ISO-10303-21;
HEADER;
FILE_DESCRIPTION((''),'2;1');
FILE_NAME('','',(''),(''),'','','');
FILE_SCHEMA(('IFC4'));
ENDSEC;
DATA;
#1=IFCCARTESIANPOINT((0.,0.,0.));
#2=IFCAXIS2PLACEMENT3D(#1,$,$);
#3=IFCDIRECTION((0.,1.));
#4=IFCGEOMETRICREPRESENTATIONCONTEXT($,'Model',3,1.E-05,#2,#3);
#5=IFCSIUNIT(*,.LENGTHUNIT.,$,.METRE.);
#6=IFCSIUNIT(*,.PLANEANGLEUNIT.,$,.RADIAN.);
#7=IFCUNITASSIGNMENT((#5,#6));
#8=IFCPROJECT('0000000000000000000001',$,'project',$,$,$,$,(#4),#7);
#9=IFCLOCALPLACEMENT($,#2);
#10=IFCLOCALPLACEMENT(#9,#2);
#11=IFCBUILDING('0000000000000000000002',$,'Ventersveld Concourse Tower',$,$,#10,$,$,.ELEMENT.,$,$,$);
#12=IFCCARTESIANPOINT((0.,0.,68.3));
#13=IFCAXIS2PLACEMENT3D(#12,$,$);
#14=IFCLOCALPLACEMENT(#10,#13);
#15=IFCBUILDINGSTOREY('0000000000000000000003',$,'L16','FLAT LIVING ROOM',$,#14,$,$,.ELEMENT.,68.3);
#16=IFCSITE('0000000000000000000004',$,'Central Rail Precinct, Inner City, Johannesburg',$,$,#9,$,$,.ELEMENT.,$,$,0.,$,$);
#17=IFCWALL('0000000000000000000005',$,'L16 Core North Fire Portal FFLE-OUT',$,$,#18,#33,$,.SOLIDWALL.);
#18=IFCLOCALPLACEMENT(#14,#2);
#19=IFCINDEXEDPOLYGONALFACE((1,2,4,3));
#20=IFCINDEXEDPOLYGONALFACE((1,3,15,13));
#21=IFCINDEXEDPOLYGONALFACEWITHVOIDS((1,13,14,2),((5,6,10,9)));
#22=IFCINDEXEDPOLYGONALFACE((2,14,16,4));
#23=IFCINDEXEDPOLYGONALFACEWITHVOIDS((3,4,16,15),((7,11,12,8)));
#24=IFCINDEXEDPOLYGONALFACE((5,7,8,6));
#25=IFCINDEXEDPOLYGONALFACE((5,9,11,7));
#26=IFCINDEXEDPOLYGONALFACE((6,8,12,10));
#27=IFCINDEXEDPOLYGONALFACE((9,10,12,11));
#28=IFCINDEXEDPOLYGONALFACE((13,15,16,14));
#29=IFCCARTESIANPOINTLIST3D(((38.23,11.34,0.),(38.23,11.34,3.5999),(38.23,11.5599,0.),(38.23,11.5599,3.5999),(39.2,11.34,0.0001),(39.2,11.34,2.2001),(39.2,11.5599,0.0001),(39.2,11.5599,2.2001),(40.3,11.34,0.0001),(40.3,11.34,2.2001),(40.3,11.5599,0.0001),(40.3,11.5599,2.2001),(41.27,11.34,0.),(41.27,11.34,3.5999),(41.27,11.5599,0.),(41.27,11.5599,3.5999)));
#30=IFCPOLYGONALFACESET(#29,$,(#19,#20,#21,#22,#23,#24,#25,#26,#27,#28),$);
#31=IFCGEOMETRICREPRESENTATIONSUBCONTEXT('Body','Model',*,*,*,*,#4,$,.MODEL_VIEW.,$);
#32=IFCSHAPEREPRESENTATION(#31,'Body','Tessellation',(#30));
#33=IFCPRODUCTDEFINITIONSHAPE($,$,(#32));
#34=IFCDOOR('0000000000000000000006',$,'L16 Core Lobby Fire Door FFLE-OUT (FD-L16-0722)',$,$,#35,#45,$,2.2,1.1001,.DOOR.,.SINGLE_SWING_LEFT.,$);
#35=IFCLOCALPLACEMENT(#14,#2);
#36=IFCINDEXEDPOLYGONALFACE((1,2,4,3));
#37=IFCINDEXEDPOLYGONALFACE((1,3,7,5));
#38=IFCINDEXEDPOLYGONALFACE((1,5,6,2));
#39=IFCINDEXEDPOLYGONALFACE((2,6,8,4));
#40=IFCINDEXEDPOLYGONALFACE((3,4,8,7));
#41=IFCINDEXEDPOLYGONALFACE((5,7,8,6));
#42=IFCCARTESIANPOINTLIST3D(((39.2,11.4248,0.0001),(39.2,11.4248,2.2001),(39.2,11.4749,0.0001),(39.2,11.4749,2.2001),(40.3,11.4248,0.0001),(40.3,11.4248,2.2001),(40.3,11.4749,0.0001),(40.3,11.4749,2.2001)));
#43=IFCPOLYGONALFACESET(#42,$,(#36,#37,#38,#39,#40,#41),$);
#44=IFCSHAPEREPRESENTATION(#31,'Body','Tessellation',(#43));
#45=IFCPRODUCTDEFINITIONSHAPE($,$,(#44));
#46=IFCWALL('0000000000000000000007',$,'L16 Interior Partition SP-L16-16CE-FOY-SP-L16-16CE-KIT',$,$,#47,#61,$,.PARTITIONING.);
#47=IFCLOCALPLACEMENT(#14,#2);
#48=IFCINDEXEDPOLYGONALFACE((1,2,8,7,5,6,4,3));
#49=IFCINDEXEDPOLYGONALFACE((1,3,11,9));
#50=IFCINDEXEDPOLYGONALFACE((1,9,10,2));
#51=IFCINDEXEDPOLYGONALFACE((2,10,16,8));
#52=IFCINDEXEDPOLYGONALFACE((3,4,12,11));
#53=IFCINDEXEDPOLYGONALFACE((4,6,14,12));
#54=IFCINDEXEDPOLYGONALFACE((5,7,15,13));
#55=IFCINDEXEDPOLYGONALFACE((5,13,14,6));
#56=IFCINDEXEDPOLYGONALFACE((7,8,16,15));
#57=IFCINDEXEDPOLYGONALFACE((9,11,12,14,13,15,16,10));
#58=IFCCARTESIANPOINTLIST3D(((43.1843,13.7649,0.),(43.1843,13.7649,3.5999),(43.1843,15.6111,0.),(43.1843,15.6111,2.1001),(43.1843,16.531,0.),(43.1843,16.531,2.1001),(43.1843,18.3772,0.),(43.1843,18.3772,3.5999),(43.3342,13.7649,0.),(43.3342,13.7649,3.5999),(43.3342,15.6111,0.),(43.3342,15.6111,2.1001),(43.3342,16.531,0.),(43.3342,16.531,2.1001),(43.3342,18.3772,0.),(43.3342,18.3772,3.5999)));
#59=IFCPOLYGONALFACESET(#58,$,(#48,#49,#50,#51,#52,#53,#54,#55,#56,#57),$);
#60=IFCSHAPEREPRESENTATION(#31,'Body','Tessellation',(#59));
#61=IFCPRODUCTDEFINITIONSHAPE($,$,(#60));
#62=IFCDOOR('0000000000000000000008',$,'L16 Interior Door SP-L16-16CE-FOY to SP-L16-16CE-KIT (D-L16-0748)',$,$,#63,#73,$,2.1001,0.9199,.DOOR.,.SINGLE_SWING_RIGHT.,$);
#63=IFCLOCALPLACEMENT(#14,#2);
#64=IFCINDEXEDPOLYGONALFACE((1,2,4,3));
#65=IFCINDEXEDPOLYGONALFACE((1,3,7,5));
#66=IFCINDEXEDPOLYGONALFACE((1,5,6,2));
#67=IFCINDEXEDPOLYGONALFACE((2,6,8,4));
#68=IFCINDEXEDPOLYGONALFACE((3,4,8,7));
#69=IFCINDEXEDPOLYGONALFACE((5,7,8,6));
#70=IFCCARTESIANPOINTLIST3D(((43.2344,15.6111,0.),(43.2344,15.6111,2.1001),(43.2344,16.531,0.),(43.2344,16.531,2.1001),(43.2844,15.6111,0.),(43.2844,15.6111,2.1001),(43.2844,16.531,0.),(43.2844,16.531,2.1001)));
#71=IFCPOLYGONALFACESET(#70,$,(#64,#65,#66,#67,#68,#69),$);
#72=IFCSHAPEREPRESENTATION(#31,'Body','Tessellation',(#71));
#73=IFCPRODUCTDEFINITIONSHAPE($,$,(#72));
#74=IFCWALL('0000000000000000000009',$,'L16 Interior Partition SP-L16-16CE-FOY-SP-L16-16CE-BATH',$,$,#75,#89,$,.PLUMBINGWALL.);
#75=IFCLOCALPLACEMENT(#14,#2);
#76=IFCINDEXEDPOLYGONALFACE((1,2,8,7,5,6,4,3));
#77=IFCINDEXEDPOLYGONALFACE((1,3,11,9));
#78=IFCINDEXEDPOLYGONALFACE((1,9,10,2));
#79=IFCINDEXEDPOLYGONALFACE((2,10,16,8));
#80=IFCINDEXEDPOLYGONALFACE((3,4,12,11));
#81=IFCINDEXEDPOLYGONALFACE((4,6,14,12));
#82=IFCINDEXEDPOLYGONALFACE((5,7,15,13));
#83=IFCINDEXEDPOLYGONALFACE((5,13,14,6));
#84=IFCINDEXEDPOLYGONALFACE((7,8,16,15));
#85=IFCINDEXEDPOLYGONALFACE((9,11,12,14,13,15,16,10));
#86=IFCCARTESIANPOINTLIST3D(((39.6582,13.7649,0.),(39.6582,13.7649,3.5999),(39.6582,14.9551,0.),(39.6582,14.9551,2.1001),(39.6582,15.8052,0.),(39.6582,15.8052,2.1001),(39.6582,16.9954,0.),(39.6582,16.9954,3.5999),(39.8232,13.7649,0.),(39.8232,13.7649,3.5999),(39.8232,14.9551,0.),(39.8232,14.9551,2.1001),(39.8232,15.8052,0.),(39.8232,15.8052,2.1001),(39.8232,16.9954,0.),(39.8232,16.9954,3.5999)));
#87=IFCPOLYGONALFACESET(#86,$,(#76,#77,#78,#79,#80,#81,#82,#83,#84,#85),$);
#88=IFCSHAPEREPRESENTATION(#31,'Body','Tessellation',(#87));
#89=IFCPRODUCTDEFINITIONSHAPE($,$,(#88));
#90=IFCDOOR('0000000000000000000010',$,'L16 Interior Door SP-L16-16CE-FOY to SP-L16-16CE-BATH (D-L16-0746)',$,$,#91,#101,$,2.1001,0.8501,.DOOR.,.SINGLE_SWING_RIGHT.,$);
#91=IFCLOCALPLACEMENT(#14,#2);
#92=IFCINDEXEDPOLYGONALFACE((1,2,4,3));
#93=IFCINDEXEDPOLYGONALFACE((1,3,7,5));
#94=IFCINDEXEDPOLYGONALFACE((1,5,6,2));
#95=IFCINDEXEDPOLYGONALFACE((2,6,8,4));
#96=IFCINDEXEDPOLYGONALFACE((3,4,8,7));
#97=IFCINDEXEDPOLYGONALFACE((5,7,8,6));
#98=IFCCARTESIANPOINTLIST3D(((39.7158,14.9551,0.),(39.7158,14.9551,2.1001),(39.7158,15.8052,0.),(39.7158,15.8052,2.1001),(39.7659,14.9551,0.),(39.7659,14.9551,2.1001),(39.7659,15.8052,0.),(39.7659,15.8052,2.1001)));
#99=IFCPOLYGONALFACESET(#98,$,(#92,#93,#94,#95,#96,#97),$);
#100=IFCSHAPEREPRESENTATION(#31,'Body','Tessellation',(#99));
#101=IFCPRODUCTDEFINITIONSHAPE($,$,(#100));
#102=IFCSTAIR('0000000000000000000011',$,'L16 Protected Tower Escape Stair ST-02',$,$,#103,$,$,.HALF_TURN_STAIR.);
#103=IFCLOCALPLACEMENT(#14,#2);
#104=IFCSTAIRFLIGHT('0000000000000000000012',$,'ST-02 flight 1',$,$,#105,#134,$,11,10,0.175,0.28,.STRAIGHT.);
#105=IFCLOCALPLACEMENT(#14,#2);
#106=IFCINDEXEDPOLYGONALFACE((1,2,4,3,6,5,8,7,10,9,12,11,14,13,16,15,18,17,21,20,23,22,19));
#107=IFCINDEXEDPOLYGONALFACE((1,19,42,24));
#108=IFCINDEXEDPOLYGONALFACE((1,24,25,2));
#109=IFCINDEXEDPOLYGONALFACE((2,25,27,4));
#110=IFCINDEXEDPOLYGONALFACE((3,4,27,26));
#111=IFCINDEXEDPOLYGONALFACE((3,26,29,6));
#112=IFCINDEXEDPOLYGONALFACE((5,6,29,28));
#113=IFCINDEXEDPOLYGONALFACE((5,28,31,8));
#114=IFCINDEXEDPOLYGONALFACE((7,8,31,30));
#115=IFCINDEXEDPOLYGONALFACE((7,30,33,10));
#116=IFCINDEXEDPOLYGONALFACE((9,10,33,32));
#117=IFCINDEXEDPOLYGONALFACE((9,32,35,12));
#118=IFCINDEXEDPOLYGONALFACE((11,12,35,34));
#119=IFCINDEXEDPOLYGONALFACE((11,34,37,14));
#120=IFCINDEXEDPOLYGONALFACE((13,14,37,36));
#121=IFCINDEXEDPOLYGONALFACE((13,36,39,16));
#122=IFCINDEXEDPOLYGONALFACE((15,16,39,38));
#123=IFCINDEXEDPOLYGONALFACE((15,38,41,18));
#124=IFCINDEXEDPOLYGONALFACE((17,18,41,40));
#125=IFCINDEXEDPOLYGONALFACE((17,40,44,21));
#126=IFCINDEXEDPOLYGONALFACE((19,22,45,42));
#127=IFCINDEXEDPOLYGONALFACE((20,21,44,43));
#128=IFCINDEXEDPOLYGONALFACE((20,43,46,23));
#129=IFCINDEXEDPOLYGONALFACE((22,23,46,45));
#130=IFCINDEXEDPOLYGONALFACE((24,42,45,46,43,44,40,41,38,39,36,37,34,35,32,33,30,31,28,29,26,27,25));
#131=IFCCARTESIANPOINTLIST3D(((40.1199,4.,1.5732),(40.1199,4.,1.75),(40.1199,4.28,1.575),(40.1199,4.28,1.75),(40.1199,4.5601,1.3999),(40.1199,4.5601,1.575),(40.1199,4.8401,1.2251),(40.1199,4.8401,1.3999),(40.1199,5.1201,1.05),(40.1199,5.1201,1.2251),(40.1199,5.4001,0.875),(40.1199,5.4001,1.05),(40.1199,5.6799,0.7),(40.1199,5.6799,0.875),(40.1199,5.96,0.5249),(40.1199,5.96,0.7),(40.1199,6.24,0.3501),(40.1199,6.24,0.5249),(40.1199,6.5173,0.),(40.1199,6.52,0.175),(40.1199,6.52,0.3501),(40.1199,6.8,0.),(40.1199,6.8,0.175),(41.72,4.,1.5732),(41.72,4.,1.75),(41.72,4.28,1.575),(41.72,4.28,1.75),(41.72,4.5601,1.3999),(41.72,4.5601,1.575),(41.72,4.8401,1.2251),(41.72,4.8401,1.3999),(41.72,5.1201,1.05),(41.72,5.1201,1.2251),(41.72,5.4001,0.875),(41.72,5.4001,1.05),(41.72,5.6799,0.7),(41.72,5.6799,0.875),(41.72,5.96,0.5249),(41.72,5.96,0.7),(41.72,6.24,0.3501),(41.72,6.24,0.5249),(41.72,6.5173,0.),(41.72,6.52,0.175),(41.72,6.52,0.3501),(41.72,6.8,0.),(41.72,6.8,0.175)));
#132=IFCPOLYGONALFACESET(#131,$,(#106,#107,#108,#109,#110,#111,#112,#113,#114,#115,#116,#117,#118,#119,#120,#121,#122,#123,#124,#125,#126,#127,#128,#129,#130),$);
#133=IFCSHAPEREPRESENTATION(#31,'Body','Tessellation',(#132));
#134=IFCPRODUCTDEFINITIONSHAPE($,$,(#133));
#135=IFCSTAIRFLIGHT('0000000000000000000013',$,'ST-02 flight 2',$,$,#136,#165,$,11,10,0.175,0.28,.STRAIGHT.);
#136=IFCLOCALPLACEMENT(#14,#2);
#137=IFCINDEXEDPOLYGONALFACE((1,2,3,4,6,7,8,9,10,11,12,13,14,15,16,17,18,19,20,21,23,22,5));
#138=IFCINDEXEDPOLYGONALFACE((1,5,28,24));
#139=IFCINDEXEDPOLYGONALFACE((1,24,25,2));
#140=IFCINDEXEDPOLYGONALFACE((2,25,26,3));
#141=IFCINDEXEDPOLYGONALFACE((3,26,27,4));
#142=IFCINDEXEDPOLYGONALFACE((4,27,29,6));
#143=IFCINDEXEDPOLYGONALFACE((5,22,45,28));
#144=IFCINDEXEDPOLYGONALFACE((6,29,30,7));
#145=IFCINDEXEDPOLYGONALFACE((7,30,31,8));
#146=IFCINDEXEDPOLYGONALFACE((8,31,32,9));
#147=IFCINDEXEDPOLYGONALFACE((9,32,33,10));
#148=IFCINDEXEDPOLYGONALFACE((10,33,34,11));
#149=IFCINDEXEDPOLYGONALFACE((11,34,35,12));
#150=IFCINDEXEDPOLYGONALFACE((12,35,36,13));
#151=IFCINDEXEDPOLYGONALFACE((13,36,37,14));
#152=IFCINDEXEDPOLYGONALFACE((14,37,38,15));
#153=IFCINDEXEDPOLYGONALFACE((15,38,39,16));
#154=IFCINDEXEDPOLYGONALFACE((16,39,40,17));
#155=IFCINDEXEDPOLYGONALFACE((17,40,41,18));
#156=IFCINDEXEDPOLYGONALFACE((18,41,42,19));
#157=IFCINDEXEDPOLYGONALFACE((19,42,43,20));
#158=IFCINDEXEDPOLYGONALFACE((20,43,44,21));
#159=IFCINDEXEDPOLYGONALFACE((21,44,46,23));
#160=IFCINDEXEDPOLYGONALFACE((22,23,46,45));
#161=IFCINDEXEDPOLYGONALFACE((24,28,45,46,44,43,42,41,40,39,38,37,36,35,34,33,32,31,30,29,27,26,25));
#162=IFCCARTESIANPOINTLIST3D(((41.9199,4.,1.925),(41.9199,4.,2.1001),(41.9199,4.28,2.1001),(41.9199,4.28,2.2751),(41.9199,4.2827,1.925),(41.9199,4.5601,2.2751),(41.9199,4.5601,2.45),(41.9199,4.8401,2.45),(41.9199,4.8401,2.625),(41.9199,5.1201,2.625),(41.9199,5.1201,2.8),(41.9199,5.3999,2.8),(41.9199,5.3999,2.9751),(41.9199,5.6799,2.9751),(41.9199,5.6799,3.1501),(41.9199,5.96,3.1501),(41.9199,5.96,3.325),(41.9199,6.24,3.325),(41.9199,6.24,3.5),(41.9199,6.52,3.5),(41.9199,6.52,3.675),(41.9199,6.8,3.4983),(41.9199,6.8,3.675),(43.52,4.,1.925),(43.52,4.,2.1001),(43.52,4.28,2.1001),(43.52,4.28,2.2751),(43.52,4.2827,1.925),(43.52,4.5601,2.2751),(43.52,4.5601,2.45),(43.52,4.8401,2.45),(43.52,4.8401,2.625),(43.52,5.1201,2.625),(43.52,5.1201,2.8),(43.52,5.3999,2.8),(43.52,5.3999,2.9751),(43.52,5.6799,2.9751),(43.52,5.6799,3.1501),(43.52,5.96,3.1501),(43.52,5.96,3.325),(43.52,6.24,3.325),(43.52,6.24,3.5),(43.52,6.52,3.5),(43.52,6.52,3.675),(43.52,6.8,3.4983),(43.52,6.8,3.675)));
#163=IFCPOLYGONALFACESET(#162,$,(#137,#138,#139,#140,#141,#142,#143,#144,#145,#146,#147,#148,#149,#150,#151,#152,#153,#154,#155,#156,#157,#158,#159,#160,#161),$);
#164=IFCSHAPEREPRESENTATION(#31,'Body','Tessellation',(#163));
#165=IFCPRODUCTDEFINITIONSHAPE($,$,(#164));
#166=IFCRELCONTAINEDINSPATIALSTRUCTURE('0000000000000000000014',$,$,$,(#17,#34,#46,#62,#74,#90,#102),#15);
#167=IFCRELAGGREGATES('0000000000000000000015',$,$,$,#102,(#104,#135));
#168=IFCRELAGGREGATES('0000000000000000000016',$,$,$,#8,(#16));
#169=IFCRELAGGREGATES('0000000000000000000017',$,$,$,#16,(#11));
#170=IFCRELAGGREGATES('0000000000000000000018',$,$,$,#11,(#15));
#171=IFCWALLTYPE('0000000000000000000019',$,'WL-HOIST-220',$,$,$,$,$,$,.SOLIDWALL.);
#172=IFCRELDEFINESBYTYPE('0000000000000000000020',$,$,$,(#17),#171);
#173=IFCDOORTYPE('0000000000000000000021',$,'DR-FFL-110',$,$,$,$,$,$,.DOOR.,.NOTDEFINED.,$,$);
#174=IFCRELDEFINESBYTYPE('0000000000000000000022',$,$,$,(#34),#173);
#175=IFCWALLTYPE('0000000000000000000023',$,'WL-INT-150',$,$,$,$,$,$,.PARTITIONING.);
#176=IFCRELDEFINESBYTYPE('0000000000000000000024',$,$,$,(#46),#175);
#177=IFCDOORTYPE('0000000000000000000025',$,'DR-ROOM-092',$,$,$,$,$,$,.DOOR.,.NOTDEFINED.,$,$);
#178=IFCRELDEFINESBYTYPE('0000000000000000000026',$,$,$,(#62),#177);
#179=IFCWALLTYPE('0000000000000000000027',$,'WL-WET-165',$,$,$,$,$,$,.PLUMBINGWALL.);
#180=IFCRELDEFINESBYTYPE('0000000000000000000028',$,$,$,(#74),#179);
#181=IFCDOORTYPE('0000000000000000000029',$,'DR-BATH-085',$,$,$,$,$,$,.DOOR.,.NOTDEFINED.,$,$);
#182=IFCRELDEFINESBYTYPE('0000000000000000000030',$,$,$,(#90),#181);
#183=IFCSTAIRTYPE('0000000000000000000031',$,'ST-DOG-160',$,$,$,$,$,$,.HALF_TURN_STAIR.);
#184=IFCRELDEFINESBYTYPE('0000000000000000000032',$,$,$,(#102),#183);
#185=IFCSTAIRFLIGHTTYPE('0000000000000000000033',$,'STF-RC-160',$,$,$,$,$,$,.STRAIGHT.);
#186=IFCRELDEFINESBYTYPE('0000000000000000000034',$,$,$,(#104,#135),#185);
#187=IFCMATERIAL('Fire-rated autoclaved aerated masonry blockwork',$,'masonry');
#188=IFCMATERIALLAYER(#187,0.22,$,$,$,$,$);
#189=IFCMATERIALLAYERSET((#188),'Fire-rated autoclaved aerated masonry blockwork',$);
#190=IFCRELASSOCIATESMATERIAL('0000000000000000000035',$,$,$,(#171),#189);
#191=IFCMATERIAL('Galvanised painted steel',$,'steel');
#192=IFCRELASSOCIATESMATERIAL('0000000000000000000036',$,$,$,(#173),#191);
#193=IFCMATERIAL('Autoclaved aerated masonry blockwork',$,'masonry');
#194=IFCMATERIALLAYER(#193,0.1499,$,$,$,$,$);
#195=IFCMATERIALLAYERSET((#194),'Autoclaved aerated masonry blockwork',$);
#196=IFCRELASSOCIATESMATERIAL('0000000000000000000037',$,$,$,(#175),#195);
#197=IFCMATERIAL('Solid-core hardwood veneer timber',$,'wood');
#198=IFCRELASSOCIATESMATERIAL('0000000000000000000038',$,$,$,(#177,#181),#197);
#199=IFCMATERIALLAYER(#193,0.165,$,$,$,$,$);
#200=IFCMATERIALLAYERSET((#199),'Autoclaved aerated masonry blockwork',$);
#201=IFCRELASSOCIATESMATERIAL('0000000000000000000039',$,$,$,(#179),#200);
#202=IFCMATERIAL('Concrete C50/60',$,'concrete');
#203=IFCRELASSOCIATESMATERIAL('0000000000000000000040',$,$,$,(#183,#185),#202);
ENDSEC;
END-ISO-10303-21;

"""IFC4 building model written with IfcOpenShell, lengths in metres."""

from ifc_helpers import new_model, si_unit, direction, frame, frame_2d, origin, place, context, subcontext, project, spatial, polyline, rectangle, outline, extrude, material, layer, layer_set, type_object, element, fill, aggregate, save


model = new_model("IFC4")

# Units and contexts
model_context = context("Model", 3, precision=1e-05, world=origin(), true_north=direction((0.0, 1.0)))
body_context = subcontext(model_context, "Body", "Model", "MODEL_VIEW")
ifc_project = project(units=[si_unit("LENGTHUNIT", "METRE"), si_unit("PLANEANGLEUNIT", "RADIAN")], contexts=[model_context])

# Site, building, storey
site_placement = place(None, origin())
site = spatial("IfcSite", under=ifc_project, at=site_placement, Name="Central Rail Precinct, Inner City, Johannesburg", CompositionType="ELEMENT", RefElevation=0.0)
building_placement = place(site_placement, origin())
building = spatial("IfcBuilding", under=site, at=building_placement, Name="Ventersveld Concourse Tower", CompositionType="ELEMENT")
storey_placement = place(building_placement, frame((0.0, 0.0, 68.3)))
storey = spatial("IfcBuildingStorey", under=building, at=storey_placement, Name="L16", Description="FLAT LIVING ROOM", CompositionType="ELEMENT", Elevation=68.3)

# Shared definitions
ifc_material_1 = material(Name="Fire-rated autoclaved aerated masonry blockwork", Category="masonry")
ifc_material_2 = material(Name="Solid-core hardwood veneer timber", Category="wood")

# Shared definitions
ifc_layer_1 = layer(ifc_material_1, 0.22)
ifc_layer_set_1 = layer_set([ifc_layer_1], Name="Fire-rated autoclaved aerated masonry blockwork")
wall_type_1 = type_object("IfcWallType", Name="WL-HOIST-220", PredefinedType="SOLIDWALL", material=ifc_layer_set_1)

# Walls, openings, doors
ifc_material_3 = material(Name="Galvanised painted steel", Category="steel")
wall_1_placement = place(storey_placement, frame((38.23, 11.45, 0.0), z_axis=(0.0, 0.0, 1.0), x_axis=(1.0, 0.0, 0.0)))
wall_1 = element("IfcWall", 1, at=wall_1_placement, inside=storey, type_object=wall_type_1, Name="L16 Core North Fire Portal FFLE-OUT", PredefinedType="SOLIDWALL", context=body_context, shape_type="SweptSolid", body=[
    extrude(rectangle(XDim=3.04, YDim=0.22, at=frame_2d((1.52, 0.0))), origin(), (0.0, 0.0, 1.0), 3.5999),
])
opening_1_placement = place(wall_1_placement, frame((0.97, 0.0, 0.0)))
opening_1 = element("IfcOpeningElement", 2, at=opening_1_placement, cuts=wall_1, PredefinedType="OPENING", context=body_context, shape_type="SweptSolid", body=[
    extrude(rectangle(XDim=1.1001, YDim=2.2, at=frame_2d((0.55, 1.1001))), frame((0.0, 0.1201, 0.0), z_axis=(0.0, -1.0, 0.0), x_axis=(1.0, 0.0, 0.0)), (0.0, 0.0, 1.0), 0.24),
])
door_type_1 = type_object("IfcDoorType", Name="DR-FFL-110", OperationType="NOTDEFINED", PredefinedType="DOOR", material=ifc_material_3)
door_1_placement = place(opening_1_placement, origin())
door_1 = element("IfcDoor", 3, at=door_1_placement, inside=storey, type_object=door_type_1, Name="L16 Core Lobby Fire Door FFLE-OUT (FD-L16-0722)", OperationType="SINGLE_SWING_LEFT", OverallHeight=2.2, OverallWidth=1.1001, PredefinedType="DOOR", context=body_context, shape_type="SweptSolid", body=[
    extrude(rectangle(XDim=1.1001, YDim=2.2, at=frame_2d((0.55, 1.1001))), frame((0.0, 0.0249, 0.0), z_axis=(0.0, -1.0, 0.0), x_axis=(1.0, 0.0, 0.0)), (0.0, 0.0, 1.0), 0.05),
])
fill(opening_1, door_1)
ifc_material_4 = material(Name="Autoclaved aerated masonry blockwork", Category="masonry")
ifc_layer_2 = layer(ifc_material_4, 0.1499)
ifc_layer_set_2 = layer_set([ifc_layer_2], Name="Autoclaved aerated masonry blockwork")
wall_type_2 = type_object("IfcWallType", Name="WL-INT-150", PredefinedType="PARTITIONING", material=ifc_layer_set_2)
wall_2_placement = place(storey_placement, frame((43.2593, 13.7649, 0.0), z_axis=(0.0, 0.0, 1.0), x_axis=(0.0, 1.0, 0.0)))
wall_2 = element("IfcWall", 4, at=wall_2_placement, inside=storey, type_object=wall_type_2, Name="L16 Interior Partition SP-L16-16CE-FOY-SP-L16-16CE-KIT", PredefinedType="PARTITIONING", context=body_context, shape_type="SweptSolid", body=[
    extrude(rectangle(XDim=4.6123, YDim=0.1499, at=frame_2d((2.3062, 0.0))), origin(), (0.0, 0.0, 1.0), 3.5999),
])
opening_2_placement = place(wall_2_placement, frame((1.8462, 0.0, 0.0)))
opening_2 = element("IfcOpeningElement", 5, at=opening_2_placement, cuts=wall_2, PredefinedType="OPENING", context=body_context, shape_type="SweptSolid", body=[
    extrude(rectangle(XDim=0.9199, YDim=2.1001, at=frame_2d((0.46, 1.05))), frame((0.0, 0.085, 0.0), z_axis=(0.0, -1.0, 0.0), x_axis=(1.0, 0.0, 0.0)), (0.0, 0.0, 1.0), 0.1699),
])
door_type_2 = type_object("IfcDoorType", Name="DR-ROOM-092", OperationType="NOTDEFINED", PredefinedType="DOOR", material=ifc_material_2)
door_2_placement = place(opening_2_placement, origin())
door_2 = element("IfcDoor", 6, at=door_2_placement, inside=storey, type_object=door_type_2, Name="L16 Interior Door SP-L16-16CE-FOY to SP-L16-16CE-KIT (D-L16-0748)", OperationType="SINGLE_SWING_RIGHT", OverallHeight=2.1001, OverallWidth=0.9199, PredefinedType="DOOR", context=body_context, shape_type="SweptSolid", body=[
    extrude(rectangle(XDim=0.9199, YDim=2.1001, at=frame_2d((0.46, 1.05))), frame((0.0, 0.0249, 0.0), z_axis=(0.0, -1.0, 0.0), x_axis=(1.0, 0.0, 0.0)), (0.0, 0.0, 1.0), 0.05),
])
fill(opening_2, door_2)
ifc_layer_3 = layer(ifc_material_4, 0.165)
ifc_layer_set_3 = layer_set([ifc_layer_3], Name="Autoclaved aerated masonry blockwork")
wall_type_3 = type_object("IfcWallType", Name="WL-WET-165", PredefinedType="PLUMBINGWALL", material=ifc_layer_set_3)
wall_3_placement = place(storey_placement, frame((39.7407, 13.7649, 0.0), z_axis=(0.0, 0.0, 1.0), x_axis=(0.0, 1.0, 0.0)))
wall_3 = element("IfcWall", 7, at=wall_3_placement, inside=storey, type_object=wall_type_3, Name="L16 Interior Partition SP-L16-16CE-FOY-SP-L16-16CE-BATH", PredefinedType="PLUMBINGWALL", context=body_context, shape_type="SweptSolid", body=[
    extrude(rectangle(XDim=3.2305, YDim=0.165, at=frame_2d((1.6152, 0.0))), origin(), (0.0, 0.0, 1.0), 3.5999),
])
opening_3_placement = place(wall_3_placement, frame((1.1902, 0.0, 0.0)))
opening_3 = element("IfcOpeningElement", 8, at=opening_3_placement, cuts=wall_3, PredefinedType="OPENING", context=body_context, shape_type="SweptSolid", body=[
    extrude(rectangle(XDim=0.8501, YDim=2.1001, at=frame_2d((0.425, 1.05))), frame((0.0, 0.0925, 0.0), z_axis=(0.0, -1.0, 0.0), x_axis=(1.0, 0.0, 0.0)), (0.0, 0.0, 1.0), 0.1851),
])
door_type_3 = type_object("IfcDoorType", Name="DR-BATH-085", OperationType="NOTDEFINED", PredefinedType="DOOR", material=ifc_material_2)
door_3_placement = place(opening_3_placement, origin())
door_3 = element("IfcDoor", 9, at=door_3_placement, inside=storey, type_object=door_type_3, Name="L16 Interior Door SP-L16-16CE-FOY to SP-L16-16CE-BATH (D-L16-0746)", OperationType="SINGLE_SWING_RIGHT", OverallHeight=2.1001, OverallWidth=0.8501, PredefinedType="DOOR", context=body_context, shape_type="SweptSolid", body=[
    extrude(rectangle(XDim=0.8501, YDim=2.1001, at=frame_2d((0.425, 1.05))), frame((0.0, 0.0249, 0.0), z_axis=(0.0, -1.0, 0.0), x_axis=(1.0, 0.0, 0.0)), (0.0, 0.0, 1.0), 0.05),
])
fill(opening_3, door_3)

# Stair, stair flights
ifc_material_5 = material(Name="Concrete C50/60", Category="concrete")
stair_type = type_object("IfcStairType", Name="ST-DOG-160", PredefinedType="HALF_TURN_STAIR", material=ifc_material_5)
stair_placement = place(storey_placement, origin())
stair = element("IfcStair", 10, at=stair_placement, inside=storey, type_object=stair_type, Name="L16 Protected Tower Escape Stair ST-02", PredefinedType="HALF_TURN_STAIR")
stair_flight_type = type_object("IfcStairFlightType", Name="STF-RC-160", PredefinedType="STRAIGHT", material=ifc_material_5)
stair_flight_1_placement = place(storey_placement, frame((40.9199, 6.8, 0.0), z_axis=(0.0, 0.0, 1.0), x_axis=(0.0, -1.0, 0.0)))
stair_flight_1 = element("IfcStairFlight", 11, at=stair_flight_1_placement, type_object=stair_flight_type, Name="ST-02 flight 1", NumberOfRisers=11, NumberOfTreads=10, PredefinedType="STRAIGHT", RiserHeight=0.175, TreadLength=0.28, context=body_context, shape_type="SweptSolid", body=[
    extrude(outline(polyline([(0.0, 0.0), (0.0, 0.175), (0.28, 0.175), (0.28, 0.3501), (0.5601, 0.3501), (0.5601, 0.5249), (0.8401, 0.5249), (0.8401, 0.7), (1.1201, 0.7), (1.1201, 0.875), (1.3999, 0.875), (1.3999, 1.05), (1.6799, 1.05), (1.6799, 1.2251), (1.96, 1.2251), (1.96, 1.3999), (2.24, 1.3999), (2.24, 1.575), (2.52, 1.575), (2.52, 1.75), (2.8, 1.75), (2.8, 1.925), (2.8, 1.5732), (0.2827, 0.0), (0.0, 0.0)])), frame((0.0, 0.8, 0.0), z_axis=(0.0, -1.0, 0.0), x_axis=(1.0, 0.0, 0.0)), (0.0, 0.0, 1.0), 1.6001),
])
stair_flight_2_placement = place(storey_placement, frame((42.72, 4.0, 1.925), z_axis=(0.0, 0.0, 1.0), x_axis=(0.0, 1.0, 0.0)))
stair_flight_2 = element("IfcStairFlight", 12, at=stair_flight_2_placement, type_object=stair_flight_type, Name="ST-02 flight 2", NumberOfRisers=11, NumberOfTreads=10, PredefinedType="STRAIGHT", RiserHeight=0.175, TreadLength=0.28, context=body_context, shape_type="SweptSolid", body=[
    extrude(outline(polyline([(0.0, 0.0), (0.0, 0.175), (0.28, 0.175), (0.28, 0.3501), (0.5601, 0.3501), (0.5601, 0.5249), (0.8401, 0.5249), (0.8401, 0.7), (1.1201, 0.7), (1.1201, 0.875), (1.3999, 0.875), (1.3999, 1.05), (1.6799, 1.05), (1.6799, 1.2251), (1.96, 1.2251), (1.96, 1.3999), (2.24, 1.3999), (2.24, 1.575), (2.52, 1.575), (2.52, 1.75), (2.8, 1.75), (2.8, 1.925), (2.8, 1.5732), (0.2827, 0.0), (0.0, 0.0)])), frame((0.0, 0.8, 0.0), z_axis=(0.0, -1.0, 0.0), x_axis=(1.0, 0.0, 0.0)), (0.0, 0.0, 1.0), 1.6001),
])
aggregate(stair, [stair_flight_1, stair_flight_2])

save(model, "model.ifc")
